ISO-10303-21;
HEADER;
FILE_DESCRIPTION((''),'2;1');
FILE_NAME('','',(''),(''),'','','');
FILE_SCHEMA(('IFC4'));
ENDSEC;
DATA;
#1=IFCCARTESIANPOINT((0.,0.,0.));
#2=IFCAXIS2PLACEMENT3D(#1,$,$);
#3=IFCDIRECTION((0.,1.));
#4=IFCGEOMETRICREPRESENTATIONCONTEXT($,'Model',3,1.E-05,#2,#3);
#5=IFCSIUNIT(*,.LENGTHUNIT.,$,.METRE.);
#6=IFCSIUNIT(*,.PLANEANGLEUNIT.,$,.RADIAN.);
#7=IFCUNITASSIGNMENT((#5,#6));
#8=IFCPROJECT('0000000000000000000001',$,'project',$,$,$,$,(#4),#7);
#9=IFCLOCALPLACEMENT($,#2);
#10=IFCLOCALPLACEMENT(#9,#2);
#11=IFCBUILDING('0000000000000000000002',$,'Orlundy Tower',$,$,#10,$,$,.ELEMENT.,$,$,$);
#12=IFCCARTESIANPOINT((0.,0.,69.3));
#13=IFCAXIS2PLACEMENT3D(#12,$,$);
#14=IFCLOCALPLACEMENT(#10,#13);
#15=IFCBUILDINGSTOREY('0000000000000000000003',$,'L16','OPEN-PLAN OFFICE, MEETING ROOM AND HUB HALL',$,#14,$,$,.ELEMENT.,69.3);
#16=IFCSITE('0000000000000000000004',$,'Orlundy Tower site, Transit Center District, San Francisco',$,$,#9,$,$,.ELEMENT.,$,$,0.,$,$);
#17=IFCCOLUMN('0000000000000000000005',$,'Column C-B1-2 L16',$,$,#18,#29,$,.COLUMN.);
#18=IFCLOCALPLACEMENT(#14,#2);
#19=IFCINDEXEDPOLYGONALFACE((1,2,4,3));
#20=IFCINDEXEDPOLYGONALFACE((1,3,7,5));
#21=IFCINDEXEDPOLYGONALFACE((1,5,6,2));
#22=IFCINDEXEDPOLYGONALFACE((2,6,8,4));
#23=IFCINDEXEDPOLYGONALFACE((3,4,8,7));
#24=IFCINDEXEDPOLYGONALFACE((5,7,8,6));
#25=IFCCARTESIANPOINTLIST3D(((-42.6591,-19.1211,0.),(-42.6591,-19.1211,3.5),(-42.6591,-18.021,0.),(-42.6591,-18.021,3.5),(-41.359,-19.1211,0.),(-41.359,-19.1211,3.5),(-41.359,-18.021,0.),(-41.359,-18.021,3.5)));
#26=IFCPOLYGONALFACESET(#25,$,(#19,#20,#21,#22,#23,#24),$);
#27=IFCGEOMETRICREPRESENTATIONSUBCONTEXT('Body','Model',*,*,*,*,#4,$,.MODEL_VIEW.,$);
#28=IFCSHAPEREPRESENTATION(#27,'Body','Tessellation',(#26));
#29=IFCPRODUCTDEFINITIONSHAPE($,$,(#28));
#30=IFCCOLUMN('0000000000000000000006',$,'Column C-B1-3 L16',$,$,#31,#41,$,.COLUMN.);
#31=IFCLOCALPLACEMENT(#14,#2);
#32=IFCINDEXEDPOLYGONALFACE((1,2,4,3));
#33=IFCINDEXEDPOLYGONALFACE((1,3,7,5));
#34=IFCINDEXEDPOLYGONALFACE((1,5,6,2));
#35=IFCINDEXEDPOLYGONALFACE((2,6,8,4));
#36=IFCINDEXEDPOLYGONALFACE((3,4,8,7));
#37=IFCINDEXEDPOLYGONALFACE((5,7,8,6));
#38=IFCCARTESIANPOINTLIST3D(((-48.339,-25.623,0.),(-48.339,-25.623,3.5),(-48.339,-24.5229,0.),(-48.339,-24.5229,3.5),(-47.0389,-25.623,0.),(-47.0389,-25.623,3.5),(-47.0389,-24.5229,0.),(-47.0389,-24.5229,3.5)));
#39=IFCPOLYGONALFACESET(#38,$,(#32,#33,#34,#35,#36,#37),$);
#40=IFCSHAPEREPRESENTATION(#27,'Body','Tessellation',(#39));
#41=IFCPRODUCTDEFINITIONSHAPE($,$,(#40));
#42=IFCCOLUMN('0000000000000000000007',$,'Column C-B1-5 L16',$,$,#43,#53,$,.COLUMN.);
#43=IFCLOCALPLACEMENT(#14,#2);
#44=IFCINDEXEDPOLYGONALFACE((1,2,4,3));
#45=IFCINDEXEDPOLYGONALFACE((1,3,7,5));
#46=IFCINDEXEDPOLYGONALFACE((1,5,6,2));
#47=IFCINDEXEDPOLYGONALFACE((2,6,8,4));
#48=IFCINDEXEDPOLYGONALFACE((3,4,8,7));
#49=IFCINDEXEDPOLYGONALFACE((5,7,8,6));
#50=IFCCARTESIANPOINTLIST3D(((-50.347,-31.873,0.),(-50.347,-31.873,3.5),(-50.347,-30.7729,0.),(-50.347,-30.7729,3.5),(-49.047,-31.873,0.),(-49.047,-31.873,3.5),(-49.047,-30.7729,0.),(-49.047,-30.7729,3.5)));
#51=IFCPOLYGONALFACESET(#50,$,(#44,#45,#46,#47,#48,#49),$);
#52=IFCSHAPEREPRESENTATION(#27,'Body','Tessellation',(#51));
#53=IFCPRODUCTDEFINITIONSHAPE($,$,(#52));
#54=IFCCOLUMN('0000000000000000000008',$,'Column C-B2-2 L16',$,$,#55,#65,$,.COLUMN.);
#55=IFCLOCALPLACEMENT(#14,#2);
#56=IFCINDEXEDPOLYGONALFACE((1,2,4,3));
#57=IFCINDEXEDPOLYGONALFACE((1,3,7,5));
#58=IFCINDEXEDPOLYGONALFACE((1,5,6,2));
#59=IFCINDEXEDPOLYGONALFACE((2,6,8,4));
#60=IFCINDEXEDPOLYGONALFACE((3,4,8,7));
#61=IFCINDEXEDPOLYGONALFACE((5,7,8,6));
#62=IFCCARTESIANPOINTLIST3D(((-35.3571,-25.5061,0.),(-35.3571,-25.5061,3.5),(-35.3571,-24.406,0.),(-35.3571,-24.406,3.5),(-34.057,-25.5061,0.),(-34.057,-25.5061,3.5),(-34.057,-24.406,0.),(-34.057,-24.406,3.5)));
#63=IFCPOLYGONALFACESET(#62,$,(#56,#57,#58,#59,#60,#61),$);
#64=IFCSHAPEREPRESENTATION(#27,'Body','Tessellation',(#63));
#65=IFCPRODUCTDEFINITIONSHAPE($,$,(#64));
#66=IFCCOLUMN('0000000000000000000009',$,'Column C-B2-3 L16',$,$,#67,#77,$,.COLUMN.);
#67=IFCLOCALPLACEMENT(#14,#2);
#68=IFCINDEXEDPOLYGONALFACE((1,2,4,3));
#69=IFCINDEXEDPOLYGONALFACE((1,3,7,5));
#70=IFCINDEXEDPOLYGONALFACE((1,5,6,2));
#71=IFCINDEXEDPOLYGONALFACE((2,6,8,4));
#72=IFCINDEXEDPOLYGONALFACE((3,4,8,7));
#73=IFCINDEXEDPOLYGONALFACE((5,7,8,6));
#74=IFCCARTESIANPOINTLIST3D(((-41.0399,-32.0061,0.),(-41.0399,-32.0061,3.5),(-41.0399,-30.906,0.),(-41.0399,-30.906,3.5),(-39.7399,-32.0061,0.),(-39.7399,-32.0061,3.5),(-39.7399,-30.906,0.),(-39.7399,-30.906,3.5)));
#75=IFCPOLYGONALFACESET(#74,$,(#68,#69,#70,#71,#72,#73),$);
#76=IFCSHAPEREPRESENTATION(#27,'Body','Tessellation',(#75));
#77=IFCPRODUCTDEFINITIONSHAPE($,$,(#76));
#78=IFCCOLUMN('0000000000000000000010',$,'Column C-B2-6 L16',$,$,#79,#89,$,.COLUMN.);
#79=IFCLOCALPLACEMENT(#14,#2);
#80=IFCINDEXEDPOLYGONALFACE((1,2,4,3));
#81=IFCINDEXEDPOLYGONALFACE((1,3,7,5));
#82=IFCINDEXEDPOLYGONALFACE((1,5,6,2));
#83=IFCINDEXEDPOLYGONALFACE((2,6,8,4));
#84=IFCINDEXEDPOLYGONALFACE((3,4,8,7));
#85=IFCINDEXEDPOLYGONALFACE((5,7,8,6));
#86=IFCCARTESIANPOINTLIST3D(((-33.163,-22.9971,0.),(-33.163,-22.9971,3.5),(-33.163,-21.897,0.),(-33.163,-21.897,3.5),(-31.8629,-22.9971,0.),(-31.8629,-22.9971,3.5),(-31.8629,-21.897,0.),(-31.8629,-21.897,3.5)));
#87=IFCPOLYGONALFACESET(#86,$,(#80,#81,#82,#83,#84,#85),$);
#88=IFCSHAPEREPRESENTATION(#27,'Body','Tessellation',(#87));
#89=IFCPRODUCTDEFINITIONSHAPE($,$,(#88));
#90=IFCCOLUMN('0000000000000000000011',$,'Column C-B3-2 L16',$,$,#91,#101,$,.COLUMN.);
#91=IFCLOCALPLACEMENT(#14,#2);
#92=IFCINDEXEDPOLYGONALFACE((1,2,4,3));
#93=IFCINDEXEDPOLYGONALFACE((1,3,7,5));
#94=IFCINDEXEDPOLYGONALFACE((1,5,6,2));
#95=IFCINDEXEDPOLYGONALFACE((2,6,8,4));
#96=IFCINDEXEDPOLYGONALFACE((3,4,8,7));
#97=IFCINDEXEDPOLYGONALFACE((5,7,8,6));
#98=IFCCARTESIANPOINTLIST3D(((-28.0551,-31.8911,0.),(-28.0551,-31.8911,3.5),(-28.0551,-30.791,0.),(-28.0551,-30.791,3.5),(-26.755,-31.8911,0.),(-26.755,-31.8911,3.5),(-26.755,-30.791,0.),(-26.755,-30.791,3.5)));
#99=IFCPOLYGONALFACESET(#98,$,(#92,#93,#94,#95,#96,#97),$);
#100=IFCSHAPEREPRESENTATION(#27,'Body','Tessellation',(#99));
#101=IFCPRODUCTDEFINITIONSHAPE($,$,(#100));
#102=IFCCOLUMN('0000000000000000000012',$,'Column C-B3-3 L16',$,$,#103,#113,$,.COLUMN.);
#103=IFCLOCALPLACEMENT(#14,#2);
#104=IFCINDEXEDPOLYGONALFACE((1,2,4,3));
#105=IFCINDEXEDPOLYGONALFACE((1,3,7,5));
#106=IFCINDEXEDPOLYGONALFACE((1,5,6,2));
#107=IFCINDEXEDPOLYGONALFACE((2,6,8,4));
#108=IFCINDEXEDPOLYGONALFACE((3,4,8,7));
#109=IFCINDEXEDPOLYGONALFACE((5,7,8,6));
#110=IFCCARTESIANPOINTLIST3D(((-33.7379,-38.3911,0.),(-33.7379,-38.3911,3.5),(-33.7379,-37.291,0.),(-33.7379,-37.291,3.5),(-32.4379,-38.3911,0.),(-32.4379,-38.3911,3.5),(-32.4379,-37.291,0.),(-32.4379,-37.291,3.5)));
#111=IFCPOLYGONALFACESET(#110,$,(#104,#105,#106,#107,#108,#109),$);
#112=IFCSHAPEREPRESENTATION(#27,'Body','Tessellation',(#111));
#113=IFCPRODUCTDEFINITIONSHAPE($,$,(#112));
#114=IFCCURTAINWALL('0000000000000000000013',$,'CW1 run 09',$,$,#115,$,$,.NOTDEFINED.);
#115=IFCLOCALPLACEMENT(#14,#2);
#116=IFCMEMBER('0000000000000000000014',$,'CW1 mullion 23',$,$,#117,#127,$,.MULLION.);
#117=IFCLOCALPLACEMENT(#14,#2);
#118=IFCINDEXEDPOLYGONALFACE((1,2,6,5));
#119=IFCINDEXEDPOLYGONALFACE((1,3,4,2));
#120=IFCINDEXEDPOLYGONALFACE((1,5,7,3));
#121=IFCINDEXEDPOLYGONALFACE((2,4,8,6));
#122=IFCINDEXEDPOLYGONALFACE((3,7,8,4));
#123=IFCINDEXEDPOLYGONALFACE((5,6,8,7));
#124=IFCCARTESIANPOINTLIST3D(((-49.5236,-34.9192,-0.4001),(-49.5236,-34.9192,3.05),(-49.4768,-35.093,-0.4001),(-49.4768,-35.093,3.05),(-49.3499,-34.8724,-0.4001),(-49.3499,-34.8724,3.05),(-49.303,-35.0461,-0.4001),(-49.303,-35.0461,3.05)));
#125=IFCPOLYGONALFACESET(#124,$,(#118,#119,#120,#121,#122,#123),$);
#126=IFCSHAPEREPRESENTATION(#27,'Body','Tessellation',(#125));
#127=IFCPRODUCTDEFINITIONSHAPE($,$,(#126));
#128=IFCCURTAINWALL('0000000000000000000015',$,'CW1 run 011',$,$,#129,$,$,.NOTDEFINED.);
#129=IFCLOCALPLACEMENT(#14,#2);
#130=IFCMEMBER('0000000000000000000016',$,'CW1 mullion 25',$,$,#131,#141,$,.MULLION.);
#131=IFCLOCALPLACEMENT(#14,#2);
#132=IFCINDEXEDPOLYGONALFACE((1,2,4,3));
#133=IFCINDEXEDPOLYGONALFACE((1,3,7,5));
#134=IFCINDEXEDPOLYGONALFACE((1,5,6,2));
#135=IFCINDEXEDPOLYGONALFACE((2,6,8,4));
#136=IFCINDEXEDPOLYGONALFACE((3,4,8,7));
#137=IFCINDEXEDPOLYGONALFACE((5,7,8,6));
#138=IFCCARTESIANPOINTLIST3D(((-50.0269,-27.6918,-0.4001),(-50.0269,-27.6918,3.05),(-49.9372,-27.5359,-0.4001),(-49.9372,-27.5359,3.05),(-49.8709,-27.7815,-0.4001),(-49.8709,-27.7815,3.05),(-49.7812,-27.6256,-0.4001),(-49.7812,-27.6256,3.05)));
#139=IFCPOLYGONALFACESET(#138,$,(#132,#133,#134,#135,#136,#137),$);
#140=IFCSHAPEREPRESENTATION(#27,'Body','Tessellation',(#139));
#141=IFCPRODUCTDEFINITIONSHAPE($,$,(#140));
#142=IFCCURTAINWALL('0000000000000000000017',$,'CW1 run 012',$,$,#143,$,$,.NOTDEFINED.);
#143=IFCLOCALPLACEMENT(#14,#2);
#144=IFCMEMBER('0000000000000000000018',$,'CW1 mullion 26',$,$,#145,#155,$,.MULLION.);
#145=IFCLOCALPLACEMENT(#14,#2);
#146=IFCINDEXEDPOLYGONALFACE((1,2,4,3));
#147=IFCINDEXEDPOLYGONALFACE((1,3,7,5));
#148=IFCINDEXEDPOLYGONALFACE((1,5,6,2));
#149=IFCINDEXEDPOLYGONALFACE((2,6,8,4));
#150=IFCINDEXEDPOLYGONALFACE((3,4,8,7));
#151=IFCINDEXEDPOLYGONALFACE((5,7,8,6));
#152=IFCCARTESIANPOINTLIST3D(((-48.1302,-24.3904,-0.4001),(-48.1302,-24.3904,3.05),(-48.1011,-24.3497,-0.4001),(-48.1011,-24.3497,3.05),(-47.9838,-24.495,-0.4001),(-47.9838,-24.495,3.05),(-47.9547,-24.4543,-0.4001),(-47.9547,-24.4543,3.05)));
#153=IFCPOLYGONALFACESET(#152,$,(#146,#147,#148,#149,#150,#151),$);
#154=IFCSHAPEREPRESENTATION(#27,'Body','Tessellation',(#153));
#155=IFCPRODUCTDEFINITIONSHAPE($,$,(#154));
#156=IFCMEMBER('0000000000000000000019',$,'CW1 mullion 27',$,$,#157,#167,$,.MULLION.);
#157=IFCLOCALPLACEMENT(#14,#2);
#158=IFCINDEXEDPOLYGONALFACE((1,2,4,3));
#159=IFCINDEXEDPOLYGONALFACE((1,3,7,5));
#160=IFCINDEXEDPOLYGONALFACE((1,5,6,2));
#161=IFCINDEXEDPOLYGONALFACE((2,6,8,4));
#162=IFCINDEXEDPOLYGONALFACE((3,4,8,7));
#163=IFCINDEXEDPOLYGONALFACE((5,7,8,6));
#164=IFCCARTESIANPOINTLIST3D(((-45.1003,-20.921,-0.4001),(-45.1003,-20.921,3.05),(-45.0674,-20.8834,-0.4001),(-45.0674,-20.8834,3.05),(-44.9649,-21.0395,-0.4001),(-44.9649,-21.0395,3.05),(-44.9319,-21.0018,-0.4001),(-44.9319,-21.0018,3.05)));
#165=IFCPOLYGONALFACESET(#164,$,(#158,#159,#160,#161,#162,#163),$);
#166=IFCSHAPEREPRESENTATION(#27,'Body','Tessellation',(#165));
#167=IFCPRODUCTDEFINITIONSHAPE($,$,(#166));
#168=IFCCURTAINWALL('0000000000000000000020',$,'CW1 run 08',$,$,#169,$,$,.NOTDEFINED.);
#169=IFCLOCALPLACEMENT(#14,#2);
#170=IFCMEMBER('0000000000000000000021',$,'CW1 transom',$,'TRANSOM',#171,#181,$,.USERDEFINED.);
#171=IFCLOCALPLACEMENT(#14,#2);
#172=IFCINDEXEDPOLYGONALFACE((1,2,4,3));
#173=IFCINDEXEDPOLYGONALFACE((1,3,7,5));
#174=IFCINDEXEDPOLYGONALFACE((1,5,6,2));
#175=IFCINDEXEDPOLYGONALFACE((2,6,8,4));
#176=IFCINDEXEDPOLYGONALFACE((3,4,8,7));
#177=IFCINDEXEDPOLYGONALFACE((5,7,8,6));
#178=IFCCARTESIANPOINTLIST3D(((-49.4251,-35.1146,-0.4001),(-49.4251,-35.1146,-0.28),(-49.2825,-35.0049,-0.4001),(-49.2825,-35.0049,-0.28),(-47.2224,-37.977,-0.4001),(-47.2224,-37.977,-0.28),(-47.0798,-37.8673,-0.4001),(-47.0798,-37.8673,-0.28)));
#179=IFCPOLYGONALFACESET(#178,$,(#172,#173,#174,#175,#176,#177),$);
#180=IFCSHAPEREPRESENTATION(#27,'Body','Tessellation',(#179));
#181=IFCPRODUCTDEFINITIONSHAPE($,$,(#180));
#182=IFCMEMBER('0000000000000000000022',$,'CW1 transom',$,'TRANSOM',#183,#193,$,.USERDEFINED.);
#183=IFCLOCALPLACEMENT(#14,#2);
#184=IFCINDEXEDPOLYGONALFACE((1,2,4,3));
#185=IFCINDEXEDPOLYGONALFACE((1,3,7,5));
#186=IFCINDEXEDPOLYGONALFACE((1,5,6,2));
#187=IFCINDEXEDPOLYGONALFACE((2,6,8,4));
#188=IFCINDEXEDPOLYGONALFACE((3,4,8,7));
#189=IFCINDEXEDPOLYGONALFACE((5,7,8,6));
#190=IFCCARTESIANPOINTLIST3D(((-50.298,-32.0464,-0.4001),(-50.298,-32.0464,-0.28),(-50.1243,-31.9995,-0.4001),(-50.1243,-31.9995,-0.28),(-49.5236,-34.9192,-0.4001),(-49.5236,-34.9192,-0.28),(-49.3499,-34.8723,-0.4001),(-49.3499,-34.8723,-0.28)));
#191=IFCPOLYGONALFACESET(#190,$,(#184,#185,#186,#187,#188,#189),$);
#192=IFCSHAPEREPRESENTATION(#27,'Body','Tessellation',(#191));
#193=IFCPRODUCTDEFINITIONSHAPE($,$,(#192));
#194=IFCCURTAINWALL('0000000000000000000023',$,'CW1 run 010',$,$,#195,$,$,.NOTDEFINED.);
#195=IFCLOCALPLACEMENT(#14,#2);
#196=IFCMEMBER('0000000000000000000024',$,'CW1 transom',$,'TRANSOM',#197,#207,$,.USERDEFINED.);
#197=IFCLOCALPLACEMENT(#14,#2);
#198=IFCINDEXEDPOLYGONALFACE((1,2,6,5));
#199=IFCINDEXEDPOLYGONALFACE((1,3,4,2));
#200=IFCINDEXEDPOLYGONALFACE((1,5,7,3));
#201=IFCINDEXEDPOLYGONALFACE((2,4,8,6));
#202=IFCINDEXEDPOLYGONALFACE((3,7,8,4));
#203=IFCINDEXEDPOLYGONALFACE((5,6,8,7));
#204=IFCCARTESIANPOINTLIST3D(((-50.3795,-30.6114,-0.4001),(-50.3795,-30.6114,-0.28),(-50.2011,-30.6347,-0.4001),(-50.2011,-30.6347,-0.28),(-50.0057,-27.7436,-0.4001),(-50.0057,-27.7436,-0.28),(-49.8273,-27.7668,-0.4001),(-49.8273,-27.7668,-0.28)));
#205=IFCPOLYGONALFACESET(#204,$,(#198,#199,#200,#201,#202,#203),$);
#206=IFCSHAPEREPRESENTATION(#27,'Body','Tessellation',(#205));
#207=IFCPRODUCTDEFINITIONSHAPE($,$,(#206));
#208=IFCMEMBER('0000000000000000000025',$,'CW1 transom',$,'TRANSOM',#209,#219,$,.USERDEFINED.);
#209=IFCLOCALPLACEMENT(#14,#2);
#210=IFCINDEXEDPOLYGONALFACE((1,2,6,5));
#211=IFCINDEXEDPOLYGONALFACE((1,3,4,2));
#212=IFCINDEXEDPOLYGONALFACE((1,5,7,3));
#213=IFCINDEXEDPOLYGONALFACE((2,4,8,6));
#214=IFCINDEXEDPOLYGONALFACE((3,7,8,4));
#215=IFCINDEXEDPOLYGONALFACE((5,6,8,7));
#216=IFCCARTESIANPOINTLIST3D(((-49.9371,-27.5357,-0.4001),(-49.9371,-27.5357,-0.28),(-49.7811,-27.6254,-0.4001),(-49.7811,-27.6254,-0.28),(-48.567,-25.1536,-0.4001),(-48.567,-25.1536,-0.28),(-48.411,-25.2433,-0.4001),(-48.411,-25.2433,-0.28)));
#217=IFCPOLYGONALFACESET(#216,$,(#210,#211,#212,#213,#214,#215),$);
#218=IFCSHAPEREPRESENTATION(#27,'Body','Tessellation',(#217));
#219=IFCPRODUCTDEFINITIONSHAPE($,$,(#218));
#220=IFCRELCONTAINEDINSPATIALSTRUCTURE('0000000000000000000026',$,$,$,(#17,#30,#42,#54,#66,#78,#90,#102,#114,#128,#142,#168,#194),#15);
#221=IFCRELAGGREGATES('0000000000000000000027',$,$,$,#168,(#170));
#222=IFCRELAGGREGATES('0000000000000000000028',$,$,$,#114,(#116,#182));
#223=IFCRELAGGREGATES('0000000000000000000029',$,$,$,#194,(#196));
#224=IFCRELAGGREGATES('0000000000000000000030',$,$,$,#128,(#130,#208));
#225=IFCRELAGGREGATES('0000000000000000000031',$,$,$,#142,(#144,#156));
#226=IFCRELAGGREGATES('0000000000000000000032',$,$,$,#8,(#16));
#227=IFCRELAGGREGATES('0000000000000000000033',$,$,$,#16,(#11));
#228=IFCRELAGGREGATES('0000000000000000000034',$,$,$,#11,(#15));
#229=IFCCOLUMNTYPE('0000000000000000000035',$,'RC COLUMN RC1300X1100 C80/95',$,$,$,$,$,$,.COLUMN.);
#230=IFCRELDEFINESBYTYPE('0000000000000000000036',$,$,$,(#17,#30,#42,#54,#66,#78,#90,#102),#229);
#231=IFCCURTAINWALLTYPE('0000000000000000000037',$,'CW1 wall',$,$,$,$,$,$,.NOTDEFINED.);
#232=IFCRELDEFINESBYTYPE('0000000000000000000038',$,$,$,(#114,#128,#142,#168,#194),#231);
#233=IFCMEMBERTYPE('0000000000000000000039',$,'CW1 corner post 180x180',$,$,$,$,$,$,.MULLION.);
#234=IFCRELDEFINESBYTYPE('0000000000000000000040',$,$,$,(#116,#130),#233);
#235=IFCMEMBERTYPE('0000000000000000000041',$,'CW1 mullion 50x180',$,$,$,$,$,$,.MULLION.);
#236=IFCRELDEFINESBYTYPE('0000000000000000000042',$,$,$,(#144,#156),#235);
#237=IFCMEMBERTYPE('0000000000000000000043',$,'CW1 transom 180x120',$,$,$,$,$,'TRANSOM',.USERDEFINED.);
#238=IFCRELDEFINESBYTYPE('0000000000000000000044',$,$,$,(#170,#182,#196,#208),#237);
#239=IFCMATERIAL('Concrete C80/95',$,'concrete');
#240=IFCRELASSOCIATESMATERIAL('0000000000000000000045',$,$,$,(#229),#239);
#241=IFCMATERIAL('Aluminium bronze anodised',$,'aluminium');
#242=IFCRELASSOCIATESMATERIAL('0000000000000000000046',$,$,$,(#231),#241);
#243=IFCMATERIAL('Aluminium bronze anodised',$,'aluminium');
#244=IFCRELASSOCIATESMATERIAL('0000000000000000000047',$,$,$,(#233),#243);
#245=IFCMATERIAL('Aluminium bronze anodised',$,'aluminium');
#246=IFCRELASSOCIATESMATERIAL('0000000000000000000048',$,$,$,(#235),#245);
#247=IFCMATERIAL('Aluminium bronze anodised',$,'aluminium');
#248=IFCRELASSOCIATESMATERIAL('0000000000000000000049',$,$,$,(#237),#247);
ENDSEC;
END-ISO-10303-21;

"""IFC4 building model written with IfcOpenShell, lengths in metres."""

from ifc_helpers import new_model, si_unit, direction, frame, origin, origin_2d, place, context, subcontext, project, spatial, rectangle, extrude, material, material_profile, profile_set, type_object, element, aggregate, save


model = new_model("IFC4")

# Units and contexts
model_context = context("Model", 3, precision=1e-05, world=origin(), true_north=direction((0.0, 1.0)))
body_context = subcontext(model_context, "Body", "Model", "MODEL_VIEW")
ifc_project = project(units=[si_unit("LENGTHUNIT", "METRE"), si_unit("PLANEANGLEUNIT", "RADIAN")], contexts=[model_context])

# Site, building, storey
site_placement = place(None, origin())
site = spatial("IfcSite", under=ifc_project, at=site_placement, Name="Orlundy Tower site, Transit Center District, San Francisco", CompositionType="ELEMENT", RefElevation=0.0)
building_placement = place(site_placement, origin())
building = spatial("IfcBuilding", under=site, at=building_placement, Name="Orlundy Tower", CompositionType="ELEMENT")
storey_placement = place(building_placement, frame((0.0, 0.0, 69.3)))
storey = spatial("IfcBuildingStorey", under=building, at=storey_placement, Name="L16", Description="OPEN-PLAN OFFICE, MEETING ROOM AND HUB HALL", CompositionType="ELEMENT", Elevation=69.3)

# Columns
ifc_material_1 = material(Name="Concrete C80/95", Category="concrete")
ifc_material_profile_1 = material_profile(ifc_material_1, rectangle(XDim=1.3, YDim=1.1001, at=origin_2d()), Name="RC1300X1100")
ifc_profile_set_1 = profile_set([ifc_material_profile_1], Name="Concrete C80/95")
column_type = type_object("IfcColumnType", Name="RC COLUMN RC1300X1100 C80/95", PredefinedType="COLUMN", material=ifc_profile_set_1)
for number, where, z_axis, x_axis, name in (
    (1, (-42.009, -18.571, 0.0), (0.0, 0.0, 1.0), (1.0, 0.0, 0.0), "Column C-B1-2 L16"),
    (2, (-47.689, -25.073, 0.0), (0.0, 0.0, 1.0), (1.0, 0.0, 0.0), "Column C-B1-3 L16"),
    (3, (-49.697, -31.323, 0.0), (0.0, 0.0, 1.0), (1.0, 0.0, 0.0), "Column C-B1-5 L16"),
    (4, (-34.707, -24.9561, 0.0), (0.0, 0.0, 1.0), (1.0, 0.0, 0.0), "Column C-B2-2 L16"),
    (5, (-40.3899, -31.4561, 0.0), (0.0, 0.0, 1.0), (1.0, 0.0, 0.0), "Column C-B2-3 L16"),
    (6, (-32.5129, -22.447, 0.0), (0.0, 0.0, 1.0), (1.0, 0.0, 0.0), "Column C-B2-6 L16"),
    (7, (-27.405, -31.3411, 0.0), (0.0, 0.0, 1.0), (1.0, 0.0, 0.0), "Column C-B3-2 L16"),
    (8, (-33.0879, -37.8411, 0.0), (0.0, 0.0, 1.0), (1.0, 0.0, 0.0), "Column C-B3-3 L16"),
):
    element("IfcColumn", number, at=place(storey_placement, frame(where, z_axis=z_axis, x_axis=x_axis)), inside=storey, type_object=column_type, Name=name, PredefinedType="COLUMN", context=body_context, shape_type="SweptSolid", body=[
        extrude(rectangle(XDim=1.3, YDim=1.1001, at=origin_2d()), origin(), (0.0, 0.0, 1.0), 3.5),
    ])

# Curtain walls, members
ifc_material_2 = material(Name="Aluminium bronze anodised", Category="aluminium")
curtain_wall_type = type_object("IfcCurtainWallType", Name="CW1 wall", PredefinedType="NOTDEFINED", material=ifc_material_2)
curtain_wall_1_placement = place(storey_placement, origin())
curtain_wall_1 = element("IfcCurtainWall", 9, at=curtain_wall_1_placement, inside=storey, type_object=curtain_wall_type, Name="CW1 run 09", PredefinedType="NOTDEFINED")
ifc_material_3 = material(Name="Aluminium bronze anodised", Category="aluminium")
ifc_material_profile_2 = material_profile(ifc_material_3, rectangle(XDim=0.1799, YDim=0.1799, at=origin_2d()), Name="CW1 corner post 180x180")
ifc_profile_set_2 = profile_set([ifc_material_profile_2], Name="Aluminium bronze anodised")
member_type_1 = type_object("IfcMemberType", Name="CW1 corner post 180x180", PredefinedType="MULLION", material=ifc_profile_set_2)
member_1_placement = place(storey_placement, frame((-49.4133, -34.9827, -0.4001), z_axis=(0.0, 0.0, 1.0), x_axis=(-0.965519, -0.260331, 0.0)))
member_1 = element("IfcMember", 10, at=member_1_placement, type_object=member_type_1, Name="CW1 mullion 23", PredefinedType="MULLION", context=body_context, shape_type="SweptSolid", body=[
    extrude(rectangle(XDim=0.1799, YDim=0.1799, at=origin_2d()), origin(), (0.0, 0.0, 1.0), 3.4502),
])
curtain_wall_2_placement = place(storey_placement, origin())
curtain_wall_2 = element("IfcCurtainWall", 11, at=curtain_wall_2_placement, inside=storey, type_object=curtain_wall_type, Name="CW1 run 011", PredefinedType="NOTDEFINED")
member_2_placement = place(storey_placement, frame((-49.9041, -27.6587, -0.4001), z_axis=(0.0, 0.0, 1.0), x_axis=(-0.866845, 0.498578, 0.0)))
member_2 = element("IfcMember", 12, at=member_2_placement, type_object=member_type_1, Name="CW1 mullion 25", PredefinedType="MULLION", context=body_context, shape_type="SweptSolid", body=[
    extrude(rectangle(XDim=0.1799, YDim=0.1799, at=origin_2d()), origin(), (0.0, 0.0, 1.0), 3.4502),
])

# Curtain wall, members
curtain_wall_3_placement = place(storey_placement, origin())
curtain_wall_3 = element("IfcCurtainWall", 13, at=curtain_wall_3_placement, inside=storey, type_object=curtain_wall_type, Name="CW1 run 012", PredefinedType="NOTDEFINED")
ifc_material_4 = material(Name="Aluminium bronze anodised", Category="aluminium")
ifc_material_profile_3 = material_profile(ifc_material_4, rectangle(XDim=0.1799, YDim=0.05, at=origin_2d()), Name="CW1 mullion 50x180")
ifc_profile_set_3 = profile_set([ifc_material_profile_3], Name="Aluminium bronze anodised")
member_type_2 = type_object("IfcMemberType", Name="CW1 mullion 50x180", PredefinedType="MULLION", material=ifc_profile_set_3)
member_3_placement = place(storey_placement, frame((-48.0425, -24.4224, -0.4001), z_axis=(0.0, 0.0, 1.0), x_axis=(-0.813739, 0.58123, 0.0)))
member_3 = element("IfcMember", 14, at=member_3_placement, type_object=member_type_2, Name="CW1 mullion 26", PredefinedType="MULLION", context=body_context, shape_type="SweptSolid", body=[
    extrude(rectangle(XDim=0.1799, YDim=0.05, at=origin_2d()), origin(), (0.0, 0.0, 1.0), 3.4502),
])
member_4_placement = place(storey_placement, frame((-45.0161, -20.9614, -0.4001), z_axis=(0.0, 0.0, 1.0), x_axis=(-0.752779, 0.658273, 0.0)))
member_4 = element("IfcMember", 15, at=member_4_placement, type_object=member_type_2, Name="CW1 mullion 27", PredefinedType="MULLION", context=body_context, shape_type="SweptSolid", body=[
    extrude(rectangle(XDim=0.1799, YDim=0.05, at=origin_2d()), origin(), (0.0, 0.0, 1.0), 3.4502),
])

# Curtain wall, member
curtain_wall_4_placement = place(storey_placement, origin())
curtain_wall_4 = element("IfcCurtainWall", 16, at=curtain_wall_4_placement, inside=storey, type_object=curtain_wall_type, Name="CW1 run 08", PredefinedType="NOTDEFINED")
ifc_material_5 = material(Name="Aluminium bronze anodised", Category="aluminium")
ifc_material_profile_4 = material_profile(ifc_material_5, rectangle(XDim=0.1799, YDim=0.1201, at=origin_2d()), Name="CW1 transom 180x120")
ifc_profile_set_4 = profile_set([ifc_material_profile_4], Name="Aluminium bronze anodised")
member_type_3 = type_object("IfcMemberType", Name="CW1 transom 180x120", ElementType="TRANSOM", PredefinedType="USERDEFINED", material=ifc_profile_set_4)
member_5_placement = place(storey_placement, frame((-47.1511, -37.9221, -0.3401), z_axis=(-0.609861, 0.792508, 0.0), x_axis=(-0.792508, -0.609861, 0.0)))
member_5 = element("IfcMember", 17, at=member_5_placement, type_object=member_type_3, Name="CW1 transom", ObjectType="TRANSOM", PredefinedType="USERDEFINED", context=body_context, shape_type="SweptSolid", body=[
    extrude(rectangle(XDim=0.1799, YDim=0.1201, at=origin_2d()), origin(), (0.0, 0.0, 1.0), 3.6118),
])

# Member
member_6_placement = place(storey_placement, frame((-49.4368, -34.8958, -0.3401), z_axis=(-0.260277, 0.965534, 0.0), x_axis=(-0.965534, -0.260277, 0.0)))
member_6 = element("IfcMember", 18, at=member_6_placement, type_object=member_type_3, Name="CW1 transom", ObjectType="TRANSOM", PredefinedType="USERDEFINED", context=body_context, shape_type="SweptSolid", body=[
    extrude(rectangle(XDim=0.1799, YDim=0.1201, at=origin_2d()), origin(), (0.0, 0.0, 1.0), 2.9753),
])

# Curtain wall, member
curtain_wall_5_placement = place(storey_placement, origin())
curtain_wall_5 = element("IfcCurtainWall", 19, at=curtain_wall_5_placement, inside=storey, type_object=curtain_wall_type, Name="CW1 run 010", PredefinedType="NOTDEFINED")
member_7_placement = place(storey_placement, frame((-50.2903, -30.623, -0.3401), z_axis=(0.129238, 0.991614, 0.0), x_axis=(-0.991614, 0.129238, 0.0)))
member_7 = element("IfcMember", 20, at=member_7_placement, type_object=member_type_3, Name="CW1 transom", ObjectType="TRANSOM", PredefinedType="USERDEFINED", context=body_context, shape_type="SweptSolid", body=[
    extrude(rectangle(XDim=0.1799, YDim=0.1201, at=origin_2d()), origin(), (0.0, 0.0, 1.0), 2.8921),
])

# Member
member_8_placement = place(storey_placement, frame((-49.8591, -27.5806, -0.3401), z_axis=(0.498586, 0.86684, 0.0), x_axis=(-0.86684, 0.498586, 0.0)))
member_8 = element("IfcMember", 21, at=member_8_placement, type_object=member_type_3, Name="CW1 transom", ObjectType="TRANSOM", PredefinedType="USERDEFINED", context=body_context, shape_type="SweptSolid", body=[
    extrude(rectangle(XDim=0.1799, YDim=0.1201, at=origin_2d()), origin(), (0.0, 0.0, 1.0), 2.748),
])

aggregate(curtain_wall_4, [member_5])
aggregate(curtain_wall_1, [member_1, member_6])
aggregate(curtain_wall_5, [member_7])
aggregate(curtain_wall_2, [member_2, member_8])
aggregate(curtain_wall_3, [member_3, member_4])

save(model, "model.ifc")
